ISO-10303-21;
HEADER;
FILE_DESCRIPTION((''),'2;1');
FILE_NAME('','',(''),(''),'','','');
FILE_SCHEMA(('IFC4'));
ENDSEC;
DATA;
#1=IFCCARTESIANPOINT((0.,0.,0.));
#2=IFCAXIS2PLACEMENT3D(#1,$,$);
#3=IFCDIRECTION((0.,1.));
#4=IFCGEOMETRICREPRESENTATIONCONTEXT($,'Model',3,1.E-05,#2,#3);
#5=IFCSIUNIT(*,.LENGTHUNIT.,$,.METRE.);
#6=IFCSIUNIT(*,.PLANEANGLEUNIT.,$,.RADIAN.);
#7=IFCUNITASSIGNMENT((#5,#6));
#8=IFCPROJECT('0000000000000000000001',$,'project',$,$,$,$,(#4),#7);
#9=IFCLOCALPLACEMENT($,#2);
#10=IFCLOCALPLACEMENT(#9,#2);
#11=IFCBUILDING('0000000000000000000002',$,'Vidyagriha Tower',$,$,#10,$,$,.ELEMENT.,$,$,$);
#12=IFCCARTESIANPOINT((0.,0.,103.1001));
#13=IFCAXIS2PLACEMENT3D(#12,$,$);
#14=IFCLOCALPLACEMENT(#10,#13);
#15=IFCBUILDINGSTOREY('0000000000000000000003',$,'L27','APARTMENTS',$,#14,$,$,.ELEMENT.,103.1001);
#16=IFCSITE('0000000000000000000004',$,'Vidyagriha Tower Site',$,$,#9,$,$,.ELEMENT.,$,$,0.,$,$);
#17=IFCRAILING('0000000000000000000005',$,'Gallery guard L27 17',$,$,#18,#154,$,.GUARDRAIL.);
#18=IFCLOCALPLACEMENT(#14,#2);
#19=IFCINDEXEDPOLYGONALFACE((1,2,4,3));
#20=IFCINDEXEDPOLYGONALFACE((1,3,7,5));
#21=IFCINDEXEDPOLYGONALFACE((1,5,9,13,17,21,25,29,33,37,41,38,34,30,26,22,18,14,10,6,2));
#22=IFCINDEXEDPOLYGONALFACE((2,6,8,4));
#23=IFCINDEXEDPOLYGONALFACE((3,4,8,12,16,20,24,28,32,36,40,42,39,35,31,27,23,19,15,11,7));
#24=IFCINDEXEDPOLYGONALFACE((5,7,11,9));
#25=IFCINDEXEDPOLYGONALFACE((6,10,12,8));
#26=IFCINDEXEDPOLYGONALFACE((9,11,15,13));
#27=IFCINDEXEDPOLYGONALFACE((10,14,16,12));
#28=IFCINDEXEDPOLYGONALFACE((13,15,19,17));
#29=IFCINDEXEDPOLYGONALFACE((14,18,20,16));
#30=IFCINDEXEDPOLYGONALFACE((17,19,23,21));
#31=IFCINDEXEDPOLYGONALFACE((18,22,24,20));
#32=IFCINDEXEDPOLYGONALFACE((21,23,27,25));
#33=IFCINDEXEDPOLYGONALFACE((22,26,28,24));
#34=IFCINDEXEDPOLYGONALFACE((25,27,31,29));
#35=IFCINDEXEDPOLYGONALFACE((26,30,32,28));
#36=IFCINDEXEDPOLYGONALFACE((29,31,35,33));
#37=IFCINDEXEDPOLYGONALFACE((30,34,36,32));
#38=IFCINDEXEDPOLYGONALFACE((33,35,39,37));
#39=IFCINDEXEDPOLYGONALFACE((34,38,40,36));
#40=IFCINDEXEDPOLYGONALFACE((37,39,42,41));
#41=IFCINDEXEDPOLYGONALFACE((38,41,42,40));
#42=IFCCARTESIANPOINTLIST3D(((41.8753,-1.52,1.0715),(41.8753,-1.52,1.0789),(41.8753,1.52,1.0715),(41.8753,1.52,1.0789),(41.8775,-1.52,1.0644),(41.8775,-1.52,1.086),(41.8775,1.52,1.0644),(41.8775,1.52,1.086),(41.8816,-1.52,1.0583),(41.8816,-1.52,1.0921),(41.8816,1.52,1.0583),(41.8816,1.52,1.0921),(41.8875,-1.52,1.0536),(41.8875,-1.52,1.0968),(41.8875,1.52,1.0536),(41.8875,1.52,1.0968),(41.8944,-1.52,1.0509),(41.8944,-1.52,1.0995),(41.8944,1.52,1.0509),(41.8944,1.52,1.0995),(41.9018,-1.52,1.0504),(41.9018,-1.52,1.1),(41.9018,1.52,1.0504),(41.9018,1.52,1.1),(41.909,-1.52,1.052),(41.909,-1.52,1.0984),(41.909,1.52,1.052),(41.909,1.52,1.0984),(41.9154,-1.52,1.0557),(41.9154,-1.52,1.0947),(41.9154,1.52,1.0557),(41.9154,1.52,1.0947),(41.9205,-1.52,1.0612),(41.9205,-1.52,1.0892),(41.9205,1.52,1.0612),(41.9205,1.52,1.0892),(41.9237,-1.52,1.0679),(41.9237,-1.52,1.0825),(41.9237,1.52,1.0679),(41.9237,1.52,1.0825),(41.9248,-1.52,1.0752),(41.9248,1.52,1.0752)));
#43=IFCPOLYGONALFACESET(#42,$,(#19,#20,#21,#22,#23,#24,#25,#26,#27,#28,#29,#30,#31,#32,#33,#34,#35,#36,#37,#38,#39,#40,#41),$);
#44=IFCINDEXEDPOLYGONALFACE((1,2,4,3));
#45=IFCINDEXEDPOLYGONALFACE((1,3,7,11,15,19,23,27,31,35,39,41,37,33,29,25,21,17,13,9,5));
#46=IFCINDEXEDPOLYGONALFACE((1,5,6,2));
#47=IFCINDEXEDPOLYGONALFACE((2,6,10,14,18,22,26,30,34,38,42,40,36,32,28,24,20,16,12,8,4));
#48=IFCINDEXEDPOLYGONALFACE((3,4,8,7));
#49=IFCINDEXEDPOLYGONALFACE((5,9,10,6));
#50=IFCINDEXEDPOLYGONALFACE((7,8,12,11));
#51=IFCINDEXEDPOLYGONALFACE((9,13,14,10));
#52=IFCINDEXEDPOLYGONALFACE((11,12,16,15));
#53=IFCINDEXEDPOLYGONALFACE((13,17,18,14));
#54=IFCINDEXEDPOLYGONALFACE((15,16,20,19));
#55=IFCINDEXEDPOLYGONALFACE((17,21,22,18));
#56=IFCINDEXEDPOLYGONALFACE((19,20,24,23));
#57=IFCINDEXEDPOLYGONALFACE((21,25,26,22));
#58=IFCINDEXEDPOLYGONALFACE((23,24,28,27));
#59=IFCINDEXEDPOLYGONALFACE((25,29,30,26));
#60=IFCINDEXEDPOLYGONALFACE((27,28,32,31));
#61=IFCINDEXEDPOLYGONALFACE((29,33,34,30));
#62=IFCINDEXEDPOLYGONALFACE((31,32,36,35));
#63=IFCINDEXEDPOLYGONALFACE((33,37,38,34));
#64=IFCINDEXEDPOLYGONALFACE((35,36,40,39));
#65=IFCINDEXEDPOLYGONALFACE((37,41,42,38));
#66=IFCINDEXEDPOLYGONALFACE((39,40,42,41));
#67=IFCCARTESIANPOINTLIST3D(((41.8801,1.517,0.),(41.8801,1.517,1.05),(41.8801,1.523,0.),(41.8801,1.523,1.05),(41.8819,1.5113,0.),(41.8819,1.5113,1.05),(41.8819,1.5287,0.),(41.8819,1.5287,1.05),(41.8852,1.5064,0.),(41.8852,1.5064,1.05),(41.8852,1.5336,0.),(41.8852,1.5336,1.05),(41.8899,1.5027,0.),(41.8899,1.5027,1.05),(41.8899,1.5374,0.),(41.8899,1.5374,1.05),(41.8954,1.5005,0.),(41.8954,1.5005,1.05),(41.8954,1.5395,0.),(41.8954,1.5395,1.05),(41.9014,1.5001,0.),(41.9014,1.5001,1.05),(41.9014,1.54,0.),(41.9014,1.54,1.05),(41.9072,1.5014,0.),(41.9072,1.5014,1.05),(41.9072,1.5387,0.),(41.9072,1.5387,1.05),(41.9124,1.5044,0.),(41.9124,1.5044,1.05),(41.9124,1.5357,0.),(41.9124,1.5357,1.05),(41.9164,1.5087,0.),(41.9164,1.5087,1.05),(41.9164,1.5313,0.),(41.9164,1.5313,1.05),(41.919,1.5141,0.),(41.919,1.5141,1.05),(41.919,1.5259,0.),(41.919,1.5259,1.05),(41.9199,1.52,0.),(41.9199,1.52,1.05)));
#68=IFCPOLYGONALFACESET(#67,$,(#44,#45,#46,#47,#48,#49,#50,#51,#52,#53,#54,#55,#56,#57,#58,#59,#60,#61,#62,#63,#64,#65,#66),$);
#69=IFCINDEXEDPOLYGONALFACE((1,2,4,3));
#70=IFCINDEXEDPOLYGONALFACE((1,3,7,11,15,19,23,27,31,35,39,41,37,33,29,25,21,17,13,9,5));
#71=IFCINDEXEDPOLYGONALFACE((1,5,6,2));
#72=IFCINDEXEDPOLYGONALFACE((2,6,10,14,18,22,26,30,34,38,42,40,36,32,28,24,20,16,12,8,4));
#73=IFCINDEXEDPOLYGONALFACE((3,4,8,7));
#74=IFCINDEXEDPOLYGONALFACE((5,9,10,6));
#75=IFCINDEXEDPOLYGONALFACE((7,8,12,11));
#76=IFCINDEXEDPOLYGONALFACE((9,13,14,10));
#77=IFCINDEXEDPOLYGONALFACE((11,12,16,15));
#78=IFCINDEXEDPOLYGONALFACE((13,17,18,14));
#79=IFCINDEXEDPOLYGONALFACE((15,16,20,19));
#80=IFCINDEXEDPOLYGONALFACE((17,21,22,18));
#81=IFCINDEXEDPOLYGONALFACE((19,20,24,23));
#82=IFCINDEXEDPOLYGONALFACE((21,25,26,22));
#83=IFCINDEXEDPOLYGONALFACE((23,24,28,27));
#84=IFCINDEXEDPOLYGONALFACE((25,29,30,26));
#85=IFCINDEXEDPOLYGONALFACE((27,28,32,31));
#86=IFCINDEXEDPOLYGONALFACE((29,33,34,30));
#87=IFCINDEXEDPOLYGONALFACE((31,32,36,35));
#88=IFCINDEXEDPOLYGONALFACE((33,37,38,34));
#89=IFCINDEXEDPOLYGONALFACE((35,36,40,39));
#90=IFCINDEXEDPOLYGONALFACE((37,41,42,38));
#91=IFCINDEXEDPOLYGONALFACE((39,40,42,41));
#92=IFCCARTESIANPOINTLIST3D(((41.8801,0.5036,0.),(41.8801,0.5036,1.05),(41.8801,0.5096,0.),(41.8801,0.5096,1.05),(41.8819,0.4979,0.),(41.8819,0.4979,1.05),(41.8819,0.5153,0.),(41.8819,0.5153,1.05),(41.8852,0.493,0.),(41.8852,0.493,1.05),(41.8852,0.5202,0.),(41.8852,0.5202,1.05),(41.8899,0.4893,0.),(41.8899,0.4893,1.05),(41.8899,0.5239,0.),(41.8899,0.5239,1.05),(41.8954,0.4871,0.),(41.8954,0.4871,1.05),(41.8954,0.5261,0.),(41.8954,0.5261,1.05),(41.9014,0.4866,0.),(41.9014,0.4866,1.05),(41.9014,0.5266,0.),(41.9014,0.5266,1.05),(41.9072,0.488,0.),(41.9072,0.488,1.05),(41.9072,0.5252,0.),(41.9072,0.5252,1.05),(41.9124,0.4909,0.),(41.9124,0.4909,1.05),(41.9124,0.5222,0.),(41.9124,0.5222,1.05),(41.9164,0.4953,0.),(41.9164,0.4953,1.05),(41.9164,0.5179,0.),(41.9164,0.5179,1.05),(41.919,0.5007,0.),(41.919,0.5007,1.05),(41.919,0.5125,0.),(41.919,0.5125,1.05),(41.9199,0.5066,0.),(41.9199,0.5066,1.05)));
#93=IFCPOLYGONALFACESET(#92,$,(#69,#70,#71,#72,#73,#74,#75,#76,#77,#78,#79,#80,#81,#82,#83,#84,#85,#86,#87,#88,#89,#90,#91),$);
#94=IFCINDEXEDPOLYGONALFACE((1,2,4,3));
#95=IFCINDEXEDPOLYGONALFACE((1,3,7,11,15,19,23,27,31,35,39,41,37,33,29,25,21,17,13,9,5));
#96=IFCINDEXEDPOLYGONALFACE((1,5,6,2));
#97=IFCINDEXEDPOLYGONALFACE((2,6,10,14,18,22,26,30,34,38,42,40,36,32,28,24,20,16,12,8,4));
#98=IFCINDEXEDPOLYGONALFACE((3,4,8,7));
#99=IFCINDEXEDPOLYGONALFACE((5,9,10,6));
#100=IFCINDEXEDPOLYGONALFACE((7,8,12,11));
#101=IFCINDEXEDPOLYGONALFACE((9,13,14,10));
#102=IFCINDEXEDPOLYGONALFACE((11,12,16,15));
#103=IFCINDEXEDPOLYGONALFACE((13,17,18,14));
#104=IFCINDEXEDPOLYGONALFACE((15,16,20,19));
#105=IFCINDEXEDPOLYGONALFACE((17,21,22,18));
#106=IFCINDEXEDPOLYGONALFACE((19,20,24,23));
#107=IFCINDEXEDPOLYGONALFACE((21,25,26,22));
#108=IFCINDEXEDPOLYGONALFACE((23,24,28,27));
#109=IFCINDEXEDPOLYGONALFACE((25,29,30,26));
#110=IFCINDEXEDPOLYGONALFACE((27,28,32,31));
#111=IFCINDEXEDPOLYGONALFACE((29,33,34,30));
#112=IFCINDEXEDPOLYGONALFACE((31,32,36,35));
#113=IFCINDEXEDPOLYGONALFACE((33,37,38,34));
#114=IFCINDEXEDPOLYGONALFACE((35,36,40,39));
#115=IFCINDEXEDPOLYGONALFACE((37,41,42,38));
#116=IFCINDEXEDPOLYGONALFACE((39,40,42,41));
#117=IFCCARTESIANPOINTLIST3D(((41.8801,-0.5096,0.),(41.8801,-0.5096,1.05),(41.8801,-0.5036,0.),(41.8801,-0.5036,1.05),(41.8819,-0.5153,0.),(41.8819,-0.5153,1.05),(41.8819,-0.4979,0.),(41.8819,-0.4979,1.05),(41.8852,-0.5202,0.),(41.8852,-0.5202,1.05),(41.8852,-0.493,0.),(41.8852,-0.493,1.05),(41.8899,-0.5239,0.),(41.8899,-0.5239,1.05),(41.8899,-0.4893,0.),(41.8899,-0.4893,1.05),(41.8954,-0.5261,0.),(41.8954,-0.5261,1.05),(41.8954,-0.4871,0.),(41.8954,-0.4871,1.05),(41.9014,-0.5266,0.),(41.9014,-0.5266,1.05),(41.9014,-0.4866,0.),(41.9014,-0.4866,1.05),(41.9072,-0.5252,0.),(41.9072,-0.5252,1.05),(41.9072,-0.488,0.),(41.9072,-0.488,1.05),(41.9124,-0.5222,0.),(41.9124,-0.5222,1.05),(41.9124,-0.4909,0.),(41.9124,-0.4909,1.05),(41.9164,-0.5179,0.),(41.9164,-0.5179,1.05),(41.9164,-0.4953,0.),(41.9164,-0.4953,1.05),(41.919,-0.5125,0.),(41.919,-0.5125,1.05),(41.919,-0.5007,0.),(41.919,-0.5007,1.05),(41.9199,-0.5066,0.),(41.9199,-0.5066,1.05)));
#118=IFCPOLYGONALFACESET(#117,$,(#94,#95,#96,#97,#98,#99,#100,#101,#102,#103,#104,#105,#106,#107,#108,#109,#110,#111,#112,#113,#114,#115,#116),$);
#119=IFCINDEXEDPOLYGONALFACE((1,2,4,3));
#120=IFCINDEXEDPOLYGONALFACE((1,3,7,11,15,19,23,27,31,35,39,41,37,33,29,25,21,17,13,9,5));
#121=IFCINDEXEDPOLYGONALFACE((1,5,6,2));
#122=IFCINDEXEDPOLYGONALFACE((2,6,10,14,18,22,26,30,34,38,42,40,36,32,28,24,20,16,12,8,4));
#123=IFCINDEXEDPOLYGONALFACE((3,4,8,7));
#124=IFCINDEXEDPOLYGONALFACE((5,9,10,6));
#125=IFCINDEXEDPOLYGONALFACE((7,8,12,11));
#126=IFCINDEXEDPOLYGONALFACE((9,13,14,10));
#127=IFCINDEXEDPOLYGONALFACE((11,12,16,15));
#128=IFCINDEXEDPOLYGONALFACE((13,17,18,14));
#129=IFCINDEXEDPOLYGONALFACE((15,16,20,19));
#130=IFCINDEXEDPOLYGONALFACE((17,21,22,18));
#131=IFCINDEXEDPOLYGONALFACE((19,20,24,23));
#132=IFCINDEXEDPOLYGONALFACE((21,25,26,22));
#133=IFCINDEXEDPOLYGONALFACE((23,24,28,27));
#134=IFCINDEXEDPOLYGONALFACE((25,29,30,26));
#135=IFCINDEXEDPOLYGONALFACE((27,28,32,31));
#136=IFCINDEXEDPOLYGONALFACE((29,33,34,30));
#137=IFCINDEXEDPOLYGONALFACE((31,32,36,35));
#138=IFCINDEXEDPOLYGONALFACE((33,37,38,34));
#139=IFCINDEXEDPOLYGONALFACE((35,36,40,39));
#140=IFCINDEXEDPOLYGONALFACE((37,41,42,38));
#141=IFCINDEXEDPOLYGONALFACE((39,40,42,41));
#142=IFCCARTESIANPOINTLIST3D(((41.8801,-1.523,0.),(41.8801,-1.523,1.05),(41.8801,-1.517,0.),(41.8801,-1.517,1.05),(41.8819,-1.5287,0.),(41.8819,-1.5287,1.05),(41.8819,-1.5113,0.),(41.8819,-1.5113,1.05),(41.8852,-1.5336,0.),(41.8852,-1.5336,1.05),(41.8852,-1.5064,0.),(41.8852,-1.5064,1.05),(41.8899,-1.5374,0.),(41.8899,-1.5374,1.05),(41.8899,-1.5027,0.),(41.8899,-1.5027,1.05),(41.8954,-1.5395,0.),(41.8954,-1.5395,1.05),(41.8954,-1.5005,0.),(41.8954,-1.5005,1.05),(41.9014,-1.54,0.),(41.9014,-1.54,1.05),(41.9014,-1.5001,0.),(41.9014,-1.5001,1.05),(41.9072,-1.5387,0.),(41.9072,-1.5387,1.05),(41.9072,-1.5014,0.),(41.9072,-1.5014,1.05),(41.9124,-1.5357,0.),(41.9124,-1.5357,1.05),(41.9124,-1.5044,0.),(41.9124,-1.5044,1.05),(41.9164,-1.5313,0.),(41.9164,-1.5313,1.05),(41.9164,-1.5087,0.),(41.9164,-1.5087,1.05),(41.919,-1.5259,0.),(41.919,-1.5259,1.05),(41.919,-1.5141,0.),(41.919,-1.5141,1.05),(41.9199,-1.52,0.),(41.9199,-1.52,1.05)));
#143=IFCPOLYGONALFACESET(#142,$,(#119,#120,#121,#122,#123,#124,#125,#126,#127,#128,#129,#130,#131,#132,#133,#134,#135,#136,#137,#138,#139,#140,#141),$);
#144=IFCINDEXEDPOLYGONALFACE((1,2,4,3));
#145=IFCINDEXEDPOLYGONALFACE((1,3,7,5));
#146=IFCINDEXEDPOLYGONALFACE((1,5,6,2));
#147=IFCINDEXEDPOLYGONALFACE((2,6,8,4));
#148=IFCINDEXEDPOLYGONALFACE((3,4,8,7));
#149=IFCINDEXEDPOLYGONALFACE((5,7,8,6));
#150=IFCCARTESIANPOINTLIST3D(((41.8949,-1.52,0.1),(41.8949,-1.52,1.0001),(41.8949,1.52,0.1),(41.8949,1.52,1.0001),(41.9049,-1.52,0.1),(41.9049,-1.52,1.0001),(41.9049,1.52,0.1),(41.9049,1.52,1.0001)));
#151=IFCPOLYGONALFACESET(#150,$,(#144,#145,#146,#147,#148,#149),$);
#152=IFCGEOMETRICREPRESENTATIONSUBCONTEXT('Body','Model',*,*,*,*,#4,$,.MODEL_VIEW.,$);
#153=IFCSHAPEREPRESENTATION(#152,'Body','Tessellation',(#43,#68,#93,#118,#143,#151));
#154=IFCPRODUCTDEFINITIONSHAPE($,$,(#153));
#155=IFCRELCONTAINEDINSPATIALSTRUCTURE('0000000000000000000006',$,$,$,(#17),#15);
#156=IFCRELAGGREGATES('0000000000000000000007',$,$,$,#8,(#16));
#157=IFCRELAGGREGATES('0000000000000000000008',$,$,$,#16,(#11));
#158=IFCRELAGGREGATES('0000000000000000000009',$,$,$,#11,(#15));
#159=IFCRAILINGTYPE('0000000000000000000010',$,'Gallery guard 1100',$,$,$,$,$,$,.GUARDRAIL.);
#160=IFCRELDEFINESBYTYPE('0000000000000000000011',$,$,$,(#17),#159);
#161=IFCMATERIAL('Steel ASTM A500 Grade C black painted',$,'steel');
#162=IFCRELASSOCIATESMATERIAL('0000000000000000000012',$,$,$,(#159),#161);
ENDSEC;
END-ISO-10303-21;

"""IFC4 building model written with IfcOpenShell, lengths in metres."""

from ifc_helpers import new_model, si_unit, direction, frame, origin, origin_2d, place, context, subcontext, project, spatial, rectangle, circle, extrude, material, type_object, element, save


model = new_model("IFC4")

# Units and contexts
model_context = context("Model", 3, precision=1e-05, world=origin(), true_north=direction((0.0, 1.0)))
body_context = subcontext(model_context, "Body", "Model", "MODEL_VIEW")
ifc_project = project(units=[si_unit("LENGTHUNIT", "METRE"), si_unit("PLANEANGLEUNIT", "RADIAN")], contexts=[model_context])

# Site, building, storey
site_placement = place(None, origin())
site = spatial("IfcSite", under=ifc_project, at=site_placement, Name="Vidyagriha Tower Site", CompositionType="ELEMENT", RefElevation=0.0)
building_placement = place(site_placement, origin())
building = spatial("IfcBuilding", under=site, at=building_placement, Name="Vidyagriha Tower", CompositionType="ELEMENT")
storey_placement = place(building_placement, frame((0.0, 0.0, 103.1001)))
storey = spatial("IfcBuildingStorey", under=building, at=storey_placement, Name="L27", Description="APARTMENTS", CompositionType="ELEMENT", Elevation=103.1001)

# Railing
ifc_material_1 = material(Name="Steel ASTM A500 Grade C black painted", Category="steel")
railing_type_1 = type_object("IfcRailingType", Name="Gallery guard 1100", PredefinedType="GUARDRAIL", material=ifc_material_1)
railing_1_placement = place(storey_placement, frame((41.8999, 1.52, 0.0)))
element("IfcRailing", 1, at=railing_1_placement, inside=storey, type_object=railing_type_1, Name="Gallery guard L27 17", PredefinedType="GUARDRAIL", context=body_context, shape_type="SweptSolid", body=[
    extrude(circle(Radius=0.0249, at=origin_2d()), frame((0.0, 0.0, 1.0752), z_axis=(0.0, -1.0, 0.0), x_axis=(1.0, 0.0, 0.0)), (0.0, 0.0, 1.0), 3.04),
    extrude(circle(Radius=0.02, at=origin_2d()), origin(), (0.0, 0.0, 1.0), 1.05),
    extrude(circle(Radius=0.02, at=origin_2d()), frame((0.0, -1.0134, 0.0)), (0.0, 0.0, 1.0), 1.05),
    extrude(circle(Radius=0.02, at=origin_2d()), frame((0.0, -2.0266, 0.0)), (0.0, 0.0, 1.0), 1.05),
    extrude(circle(Radius=0.02, at=origin_2d()), frame((0.0, -3.04, 0.0)), (0.0, 0.0, 1.0), 1.05),
    extrude(rectangle(XDim=0.01, YDim=0.9001, at=origin_2d()), frame((0.0, 0.0, 0.55), z_axis=(0.0, -1.0, 0.0), x_axis=(1.0, 0.0, 0.0)), (0.0, 0.0, 1.0), 3.04),
])

save(model, "model.ifc")
